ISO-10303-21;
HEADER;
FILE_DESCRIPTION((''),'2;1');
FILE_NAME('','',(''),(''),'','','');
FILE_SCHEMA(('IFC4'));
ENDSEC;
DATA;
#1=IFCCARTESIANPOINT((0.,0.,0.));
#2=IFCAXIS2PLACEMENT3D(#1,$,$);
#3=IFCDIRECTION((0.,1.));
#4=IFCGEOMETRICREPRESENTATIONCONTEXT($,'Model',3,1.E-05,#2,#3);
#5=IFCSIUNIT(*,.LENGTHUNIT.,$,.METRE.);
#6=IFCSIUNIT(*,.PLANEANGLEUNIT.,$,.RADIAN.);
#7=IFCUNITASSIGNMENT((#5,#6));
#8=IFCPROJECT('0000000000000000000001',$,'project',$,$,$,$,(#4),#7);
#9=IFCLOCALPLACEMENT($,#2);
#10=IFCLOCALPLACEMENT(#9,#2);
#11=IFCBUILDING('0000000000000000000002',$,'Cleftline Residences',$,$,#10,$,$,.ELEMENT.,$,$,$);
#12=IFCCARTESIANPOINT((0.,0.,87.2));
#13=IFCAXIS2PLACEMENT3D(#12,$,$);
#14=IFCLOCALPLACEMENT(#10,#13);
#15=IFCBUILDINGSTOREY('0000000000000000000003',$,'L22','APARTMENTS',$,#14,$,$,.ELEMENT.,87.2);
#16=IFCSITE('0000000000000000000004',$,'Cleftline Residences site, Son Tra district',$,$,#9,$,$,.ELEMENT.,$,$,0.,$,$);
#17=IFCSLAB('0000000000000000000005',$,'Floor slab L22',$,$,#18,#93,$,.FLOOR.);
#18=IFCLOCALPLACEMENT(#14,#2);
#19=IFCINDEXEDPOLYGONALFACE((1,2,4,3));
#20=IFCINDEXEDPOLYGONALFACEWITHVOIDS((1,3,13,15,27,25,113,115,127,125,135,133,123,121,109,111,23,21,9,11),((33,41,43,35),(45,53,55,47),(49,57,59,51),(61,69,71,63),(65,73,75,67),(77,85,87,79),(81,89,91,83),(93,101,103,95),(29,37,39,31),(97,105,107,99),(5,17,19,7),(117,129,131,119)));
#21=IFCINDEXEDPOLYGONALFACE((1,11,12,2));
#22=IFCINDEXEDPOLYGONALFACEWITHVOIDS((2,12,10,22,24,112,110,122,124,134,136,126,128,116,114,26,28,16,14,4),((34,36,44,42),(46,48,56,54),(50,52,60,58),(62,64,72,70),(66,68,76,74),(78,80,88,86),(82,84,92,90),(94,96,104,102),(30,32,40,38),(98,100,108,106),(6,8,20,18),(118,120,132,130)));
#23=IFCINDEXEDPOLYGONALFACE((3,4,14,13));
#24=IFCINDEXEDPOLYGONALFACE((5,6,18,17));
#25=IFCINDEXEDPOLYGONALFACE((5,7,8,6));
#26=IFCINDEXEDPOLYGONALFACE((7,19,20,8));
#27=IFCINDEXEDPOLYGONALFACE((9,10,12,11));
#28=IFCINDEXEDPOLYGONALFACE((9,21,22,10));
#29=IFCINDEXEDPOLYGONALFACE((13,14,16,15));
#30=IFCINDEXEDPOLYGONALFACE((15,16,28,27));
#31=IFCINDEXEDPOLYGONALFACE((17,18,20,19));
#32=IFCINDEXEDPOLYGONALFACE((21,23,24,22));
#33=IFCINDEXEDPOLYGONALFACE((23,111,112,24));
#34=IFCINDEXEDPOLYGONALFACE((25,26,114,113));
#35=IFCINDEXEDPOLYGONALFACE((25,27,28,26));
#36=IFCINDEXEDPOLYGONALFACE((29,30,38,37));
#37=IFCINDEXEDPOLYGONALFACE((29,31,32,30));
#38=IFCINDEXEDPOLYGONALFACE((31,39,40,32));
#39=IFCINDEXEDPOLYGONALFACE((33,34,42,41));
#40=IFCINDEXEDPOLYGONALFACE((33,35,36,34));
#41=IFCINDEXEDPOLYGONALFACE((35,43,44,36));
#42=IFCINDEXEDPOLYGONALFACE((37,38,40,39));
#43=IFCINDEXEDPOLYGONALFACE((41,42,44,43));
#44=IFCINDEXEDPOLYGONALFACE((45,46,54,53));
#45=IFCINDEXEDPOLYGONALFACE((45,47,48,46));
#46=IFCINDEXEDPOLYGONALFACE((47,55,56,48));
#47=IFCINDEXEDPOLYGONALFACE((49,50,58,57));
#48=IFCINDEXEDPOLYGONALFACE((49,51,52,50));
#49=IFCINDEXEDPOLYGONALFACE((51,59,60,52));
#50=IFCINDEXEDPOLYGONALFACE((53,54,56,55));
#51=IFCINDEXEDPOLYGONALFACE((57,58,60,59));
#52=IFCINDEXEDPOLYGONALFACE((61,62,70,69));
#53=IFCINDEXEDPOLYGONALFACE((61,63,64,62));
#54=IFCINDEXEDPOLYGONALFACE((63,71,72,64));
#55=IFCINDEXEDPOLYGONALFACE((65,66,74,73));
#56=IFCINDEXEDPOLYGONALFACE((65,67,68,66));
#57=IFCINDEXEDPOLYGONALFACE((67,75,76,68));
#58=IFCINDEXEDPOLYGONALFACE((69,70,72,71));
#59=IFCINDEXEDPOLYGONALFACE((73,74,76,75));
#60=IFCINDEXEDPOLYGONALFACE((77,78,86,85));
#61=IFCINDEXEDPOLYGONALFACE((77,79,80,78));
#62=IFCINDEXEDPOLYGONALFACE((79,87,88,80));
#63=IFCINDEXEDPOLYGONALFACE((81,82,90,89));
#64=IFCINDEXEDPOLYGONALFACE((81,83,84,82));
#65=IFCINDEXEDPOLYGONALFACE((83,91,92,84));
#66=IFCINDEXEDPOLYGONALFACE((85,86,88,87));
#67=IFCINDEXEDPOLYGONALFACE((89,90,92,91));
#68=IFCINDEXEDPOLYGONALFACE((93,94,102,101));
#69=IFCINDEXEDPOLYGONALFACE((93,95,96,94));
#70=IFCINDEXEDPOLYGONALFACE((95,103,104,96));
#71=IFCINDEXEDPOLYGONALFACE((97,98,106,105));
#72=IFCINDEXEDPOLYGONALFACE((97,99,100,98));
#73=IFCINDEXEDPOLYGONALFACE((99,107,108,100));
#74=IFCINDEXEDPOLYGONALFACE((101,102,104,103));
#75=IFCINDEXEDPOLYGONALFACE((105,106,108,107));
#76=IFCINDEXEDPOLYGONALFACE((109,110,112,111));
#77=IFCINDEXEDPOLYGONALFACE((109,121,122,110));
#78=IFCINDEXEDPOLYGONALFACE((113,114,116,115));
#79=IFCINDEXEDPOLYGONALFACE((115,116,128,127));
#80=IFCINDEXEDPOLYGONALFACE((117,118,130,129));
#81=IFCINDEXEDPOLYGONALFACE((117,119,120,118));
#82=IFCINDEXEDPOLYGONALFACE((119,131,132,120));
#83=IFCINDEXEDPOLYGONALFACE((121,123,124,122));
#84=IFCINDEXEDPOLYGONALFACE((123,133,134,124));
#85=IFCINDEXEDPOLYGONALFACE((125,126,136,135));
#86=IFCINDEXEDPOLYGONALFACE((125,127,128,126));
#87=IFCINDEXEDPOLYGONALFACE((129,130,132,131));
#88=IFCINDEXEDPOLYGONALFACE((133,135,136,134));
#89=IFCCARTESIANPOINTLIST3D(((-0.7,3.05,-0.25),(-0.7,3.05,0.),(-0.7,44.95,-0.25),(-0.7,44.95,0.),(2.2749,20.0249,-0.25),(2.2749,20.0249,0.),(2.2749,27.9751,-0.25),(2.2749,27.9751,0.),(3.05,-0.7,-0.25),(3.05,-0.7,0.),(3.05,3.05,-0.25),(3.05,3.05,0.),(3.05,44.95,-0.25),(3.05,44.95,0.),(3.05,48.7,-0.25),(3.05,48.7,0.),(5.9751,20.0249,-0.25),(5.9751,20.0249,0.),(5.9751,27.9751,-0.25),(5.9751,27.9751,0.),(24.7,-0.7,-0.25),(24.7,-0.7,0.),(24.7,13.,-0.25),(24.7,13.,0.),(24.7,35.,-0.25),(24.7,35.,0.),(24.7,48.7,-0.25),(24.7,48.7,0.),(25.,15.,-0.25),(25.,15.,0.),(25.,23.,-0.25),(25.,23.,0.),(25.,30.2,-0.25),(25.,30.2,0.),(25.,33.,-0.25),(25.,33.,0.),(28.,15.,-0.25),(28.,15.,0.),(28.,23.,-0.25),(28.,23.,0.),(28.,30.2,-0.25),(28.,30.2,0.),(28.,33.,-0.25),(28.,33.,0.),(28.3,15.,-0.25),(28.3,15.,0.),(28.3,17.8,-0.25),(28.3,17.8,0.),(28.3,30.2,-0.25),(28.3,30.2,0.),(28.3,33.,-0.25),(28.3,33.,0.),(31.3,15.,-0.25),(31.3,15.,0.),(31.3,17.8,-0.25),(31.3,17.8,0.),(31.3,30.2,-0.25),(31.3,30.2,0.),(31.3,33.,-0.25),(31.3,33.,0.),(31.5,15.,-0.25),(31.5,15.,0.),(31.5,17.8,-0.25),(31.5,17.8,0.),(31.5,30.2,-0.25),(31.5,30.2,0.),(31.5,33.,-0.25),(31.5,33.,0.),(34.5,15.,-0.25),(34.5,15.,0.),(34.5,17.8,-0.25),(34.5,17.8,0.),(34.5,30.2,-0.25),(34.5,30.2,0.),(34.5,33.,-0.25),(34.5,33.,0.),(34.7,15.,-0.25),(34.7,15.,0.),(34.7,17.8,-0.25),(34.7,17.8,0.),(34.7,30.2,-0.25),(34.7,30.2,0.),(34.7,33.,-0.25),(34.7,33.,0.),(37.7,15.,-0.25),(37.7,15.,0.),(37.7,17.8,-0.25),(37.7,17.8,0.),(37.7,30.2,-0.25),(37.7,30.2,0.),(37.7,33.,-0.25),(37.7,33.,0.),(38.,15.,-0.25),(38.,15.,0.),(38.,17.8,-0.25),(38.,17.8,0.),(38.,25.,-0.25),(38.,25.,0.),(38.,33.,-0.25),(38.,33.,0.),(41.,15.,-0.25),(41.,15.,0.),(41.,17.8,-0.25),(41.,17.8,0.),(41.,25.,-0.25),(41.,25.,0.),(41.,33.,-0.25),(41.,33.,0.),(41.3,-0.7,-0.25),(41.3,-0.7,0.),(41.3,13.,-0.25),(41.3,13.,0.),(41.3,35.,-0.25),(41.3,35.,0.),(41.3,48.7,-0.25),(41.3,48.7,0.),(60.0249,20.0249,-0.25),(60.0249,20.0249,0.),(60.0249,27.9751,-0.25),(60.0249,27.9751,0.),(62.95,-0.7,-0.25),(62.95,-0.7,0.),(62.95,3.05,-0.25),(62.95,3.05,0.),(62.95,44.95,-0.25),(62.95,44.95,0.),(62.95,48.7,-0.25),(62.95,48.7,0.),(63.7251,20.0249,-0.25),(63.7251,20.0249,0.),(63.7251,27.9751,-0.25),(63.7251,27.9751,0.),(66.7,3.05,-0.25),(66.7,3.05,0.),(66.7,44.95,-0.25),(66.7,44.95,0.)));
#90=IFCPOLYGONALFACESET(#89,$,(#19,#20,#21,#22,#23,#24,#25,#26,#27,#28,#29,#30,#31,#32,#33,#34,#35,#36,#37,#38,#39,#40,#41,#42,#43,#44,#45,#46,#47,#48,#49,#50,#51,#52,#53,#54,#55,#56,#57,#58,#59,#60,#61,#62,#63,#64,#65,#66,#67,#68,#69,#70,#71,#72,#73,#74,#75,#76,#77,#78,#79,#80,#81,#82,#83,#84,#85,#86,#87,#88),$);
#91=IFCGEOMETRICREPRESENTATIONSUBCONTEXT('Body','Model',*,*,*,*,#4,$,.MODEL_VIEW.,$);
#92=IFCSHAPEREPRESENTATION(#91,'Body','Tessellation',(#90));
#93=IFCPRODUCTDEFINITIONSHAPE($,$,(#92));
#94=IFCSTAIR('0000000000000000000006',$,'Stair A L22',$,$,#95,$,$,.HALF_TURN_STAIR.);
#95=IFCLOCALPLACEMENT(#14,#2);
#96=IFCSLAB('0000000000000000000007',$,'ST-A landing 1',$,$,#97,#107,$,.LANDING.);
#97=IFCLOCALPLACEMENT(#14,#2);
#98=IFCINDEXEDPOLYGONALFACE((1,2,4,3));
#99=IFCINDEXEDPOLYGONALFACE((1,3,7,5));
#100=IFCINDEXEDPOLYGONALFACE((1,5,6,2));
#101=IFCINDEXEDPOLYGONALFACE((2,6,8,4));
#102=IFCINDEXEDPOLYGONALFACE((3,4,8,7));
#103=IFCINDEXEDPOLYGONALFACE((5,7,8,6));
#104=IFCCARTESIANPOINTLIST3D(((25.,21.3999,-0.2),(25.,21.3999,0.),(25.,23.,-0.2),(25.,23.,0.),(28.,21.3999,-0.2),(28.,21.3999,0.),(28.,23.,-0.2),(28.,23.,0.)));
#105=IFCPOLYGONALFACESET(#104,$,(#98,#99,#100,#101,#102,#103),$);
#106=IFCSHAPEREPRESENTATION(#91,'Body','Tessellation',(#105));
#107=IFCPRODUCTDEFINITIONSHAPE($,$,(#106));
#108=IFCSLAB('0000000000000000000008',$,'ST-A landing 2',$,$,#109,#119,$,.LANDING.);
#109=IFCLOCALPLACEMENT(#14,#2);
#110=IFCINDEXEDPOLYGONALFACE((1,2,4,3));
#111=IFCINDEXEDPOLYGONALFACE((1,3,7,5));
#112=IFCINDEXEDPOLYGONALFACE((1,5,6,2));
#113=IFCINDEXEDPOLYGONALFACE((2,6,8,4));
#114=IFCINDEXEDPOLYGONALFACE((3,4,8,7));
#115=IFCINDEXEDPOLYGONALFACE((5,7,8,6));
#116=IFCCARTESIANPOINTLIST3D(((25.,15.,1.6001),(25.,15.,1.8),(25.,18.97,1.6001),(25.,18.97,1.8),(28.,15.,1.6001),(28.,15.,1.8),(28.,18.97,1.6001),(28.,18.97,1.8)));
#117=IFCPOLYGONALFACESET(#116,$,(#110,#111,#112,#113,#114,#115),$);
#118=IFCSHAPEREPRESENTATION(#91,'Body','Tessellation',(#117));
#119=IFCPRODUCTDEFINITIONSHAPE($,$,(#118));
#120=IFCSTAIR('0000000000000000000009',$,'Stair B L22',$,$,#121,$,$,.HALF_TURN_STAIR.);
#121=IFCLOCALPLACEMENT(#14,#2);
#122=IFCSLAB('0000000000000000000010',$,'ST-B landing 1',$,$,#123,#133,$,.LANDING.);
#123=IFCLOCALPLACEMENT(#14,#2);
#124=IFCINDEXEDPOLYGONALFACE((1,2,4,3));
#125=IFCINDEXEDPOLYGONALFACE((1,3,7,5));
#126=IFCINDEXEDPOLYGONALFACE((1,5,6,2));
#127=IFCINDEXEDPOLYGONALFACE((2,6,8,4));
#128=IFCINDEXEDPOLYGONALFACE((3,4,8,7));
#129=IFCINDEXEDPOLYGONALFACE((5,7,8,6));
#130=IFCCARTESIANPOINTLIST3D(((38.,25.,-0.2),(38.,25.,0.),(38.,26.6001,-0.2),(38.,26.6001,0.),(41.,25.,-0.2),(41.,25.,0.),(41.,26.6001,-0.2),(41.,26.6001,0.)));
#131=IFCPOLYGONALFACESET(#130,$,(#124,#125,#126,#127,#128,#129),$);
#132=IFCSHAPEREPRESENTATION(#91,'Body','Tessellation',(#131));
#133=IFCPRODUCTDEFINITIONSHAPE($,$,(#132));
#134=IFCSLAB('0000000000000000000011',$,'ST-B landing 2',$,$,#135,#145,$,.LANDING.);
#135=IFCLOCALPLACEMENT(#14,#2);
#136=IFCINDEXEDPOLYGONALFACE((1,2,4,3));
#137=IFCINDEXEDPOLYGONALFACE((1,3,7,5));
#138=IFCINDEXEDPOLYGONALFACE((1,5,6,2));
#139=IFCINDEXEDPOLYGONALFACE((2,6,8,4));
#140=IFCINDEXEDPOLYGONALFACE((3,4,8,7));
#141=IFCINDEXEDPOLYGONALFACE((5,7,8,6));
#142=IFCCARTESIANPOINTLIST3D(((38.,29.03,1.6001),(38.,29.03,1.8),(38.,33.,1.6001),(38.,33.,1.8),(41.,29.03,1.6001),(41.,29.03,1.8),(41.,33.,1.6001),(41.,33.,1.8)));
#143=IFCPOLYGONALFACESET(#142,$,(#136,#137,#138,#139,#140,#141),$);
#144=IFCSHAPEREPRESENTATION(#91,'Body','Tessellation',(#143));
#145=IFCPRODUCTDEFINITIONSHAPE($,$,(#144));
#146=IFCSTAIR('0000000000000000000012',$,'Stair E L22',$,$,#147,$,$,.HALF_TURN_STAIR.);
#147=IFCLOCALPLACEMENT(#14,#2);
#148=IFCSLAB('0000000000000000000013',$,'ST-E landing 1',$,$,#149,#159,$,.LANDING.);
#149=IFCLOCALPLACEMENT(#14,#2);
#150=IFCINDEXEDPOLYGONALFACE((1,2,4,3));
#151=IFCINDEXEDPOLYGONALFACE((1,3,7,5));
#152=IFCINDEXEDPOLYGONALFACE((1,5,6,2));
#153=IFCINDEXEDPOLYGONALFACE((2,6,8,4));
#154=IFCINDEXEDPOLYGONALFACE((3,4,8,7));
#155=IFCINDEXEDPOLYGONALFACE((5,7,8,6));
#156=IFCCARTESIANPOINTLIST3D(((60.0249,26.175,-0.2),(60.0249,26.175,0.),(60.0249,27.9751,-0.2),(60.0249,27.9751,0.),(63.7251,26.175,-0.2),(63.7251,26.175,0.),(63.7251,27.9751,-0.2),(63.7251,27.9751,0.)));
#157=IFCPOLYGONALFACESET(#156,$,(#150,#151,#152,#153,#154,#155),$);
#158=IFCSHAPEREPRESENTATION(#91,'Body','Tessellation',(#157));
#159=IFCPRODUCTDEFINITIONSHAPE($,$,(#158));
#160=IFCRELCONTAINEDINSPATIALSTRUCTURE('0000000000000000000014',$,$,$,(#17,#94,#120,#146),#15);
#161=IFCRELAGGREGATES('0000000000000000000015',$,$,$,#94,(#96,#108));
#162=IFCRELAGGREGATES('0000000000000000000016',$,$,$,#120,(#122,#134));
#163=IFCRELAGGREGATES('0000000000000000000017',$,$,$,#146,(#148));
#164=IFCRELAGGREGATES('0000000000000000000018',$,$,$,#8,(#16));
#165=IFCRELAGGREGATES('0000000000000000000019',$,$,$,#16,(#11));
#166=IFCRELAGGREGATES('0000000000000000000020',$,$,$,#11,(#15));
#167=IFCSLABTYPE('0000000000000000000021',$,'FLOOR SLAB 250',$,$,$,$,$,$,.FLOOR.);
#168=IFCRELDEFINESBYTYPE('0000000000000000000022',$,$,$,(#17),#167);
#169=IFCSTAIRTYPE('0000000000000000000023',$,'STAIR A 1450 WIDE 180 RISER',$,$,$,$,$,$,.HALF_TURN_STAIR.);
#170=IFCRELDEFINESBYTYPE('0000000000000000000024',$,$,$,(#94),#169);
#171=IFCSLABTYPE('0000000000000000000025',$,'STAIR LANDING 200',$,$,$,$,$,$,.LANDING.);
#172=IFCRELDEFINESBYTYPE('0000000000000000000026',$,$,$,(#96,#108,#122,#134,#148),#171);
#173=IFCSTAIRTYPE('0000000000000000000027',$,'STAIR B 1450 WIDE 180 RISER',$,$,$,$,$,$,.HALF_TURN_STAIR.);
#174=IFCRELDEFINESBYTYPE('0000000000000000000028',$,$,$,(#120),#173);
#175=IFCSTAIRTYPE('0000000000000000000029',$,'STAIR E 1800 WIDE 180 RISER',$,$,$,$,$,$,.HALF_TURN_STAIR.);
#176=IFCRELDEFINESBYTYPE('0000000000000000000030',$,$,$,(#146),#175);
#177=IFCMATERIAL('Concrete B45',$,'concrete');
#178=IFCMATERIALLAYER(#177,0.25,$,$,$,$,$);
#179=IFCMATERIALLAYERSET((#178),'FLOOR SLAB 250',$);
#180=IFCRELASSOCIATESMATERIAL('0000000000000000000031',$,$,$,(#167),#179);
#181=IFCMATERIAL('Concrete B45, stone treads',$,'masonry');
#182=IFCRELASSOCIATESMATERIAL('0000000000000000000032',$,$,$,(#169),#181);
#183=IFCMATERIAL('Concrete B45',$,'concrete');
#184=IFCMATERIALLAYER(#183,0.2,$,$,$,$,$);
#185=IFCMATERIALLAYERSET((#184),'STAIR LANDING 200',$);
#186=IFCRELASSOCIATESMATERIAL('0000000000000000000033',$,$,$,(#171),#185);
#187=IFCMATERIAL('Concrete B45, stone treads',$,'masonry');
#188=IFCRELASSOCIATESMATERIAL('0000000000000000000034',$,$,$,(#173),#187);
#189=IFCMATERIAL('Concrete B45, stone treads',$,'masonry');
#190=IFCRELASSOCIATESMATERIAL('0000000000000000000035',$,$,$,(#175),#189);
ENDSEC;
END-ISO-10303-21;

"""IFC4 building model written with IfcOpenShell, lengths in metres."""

from ifc_helpers import new_model, si_unit, direction, frame, origin, place, context, subcontext, project, spatial, polyline, outline, extrude, material, layer, layer_set, type_object, element, aggregate, save


model = new_model("IFC4")

# Units and contexts
model_context = context("Model", 3, precision=1e-05, world=origin(), true_north=direction((0.0, 1.0)))
body_context = subcontext(model_context, "Body", "Model", "MODEL_VIEW")
ifc_project = project(units=[si_unit("LENGTHUNIT", "METRE"), si_unit("PLANEANGLEUNIT", "RADIAN")], contexts=[model_context])

# Site, building, storey
site_placement = place(None, origin())
site = spatial("IfcSite", under=ifc_project, at=site_placement, Name="Cleftline Residences site, Son Tra district", CompositionType="ELEMENT", RefElevation=0.0)
building_placement = place(site_placement, origin())
building = spatial("IfcBuilding", under=site, at=building_placement, Name="Cleftline Residences", CompositionType="ELEMENT")
storey_placement = place(building_placement, frame((0.0, 0.0, 87.2)))
storey = spatial("IfcBuildingStorey", under=building, at=storey_placement, Name="L22", Description="APARTMENTS", CompositionType="ELEMENT", Elevation=87.2)

# Slab
ifc_material_1 = material(Name="Concrete B45", Category="concrete")
ifc_layer_1 = layer(ifc_material_1, 0.25)
ifc_layer_set_1 = layer_set([ifc_layer_1], Name="FLOOR SLAB 250")
slab_type_1 = type_object("IfcSlabType", Name="FLOOR SLAB 250", PredefinedType="FLOOR", material=ifc_layer_set_1)
slab_1_placement = place(storey_placement, frame((0.0, 0.0, -0.25)))
element("IfcSlab", 1, at=slab_1_placement, inside=storey, type_object=slab_type_1, Name="Floor slab L22", PredefinedType="FLOOR", context=body_context, shape_type="SweptSolid", body=[
    extrude(outline(polyline([(24.7, 13.0), (41.3, 13.0), (41.3, -0.7), (62.95, -0.7), (62.95, 3.05), (66.7, 3.05), (66.7, 44.95), (62.95, 44.95), (62.95, 48.7), (41.3, 48.7), (41.3, 35.0), (24.7, 35.0), (24.7, 48.7), (3.05, 48.7), (3.05, 44.95), (-0.7, 44.95), (-0.7, 3.05), (3.05, 3.05), (3.05, -0.7), (24.7, -0.7), (24.7, 13.0)]), holes=[polyline([(28.0, 15.0), (28.0, 23.0), (25.0, 23.0), (25.0, 15.0), (28.0, 15.0)]), polyline([(41.0, 25.0), (41.0, 33.0), (38.0, 33.0), (38.0, 25.0), (41.0, 25.0)]), polyline([(28.0, 30.2), (28.0, 33.0), (25.0, 33.0), (25.0, 30.2), (28.0, 30.2)]), polyline([(41.0, 15.0), (41.0, 17.8), (38.0, 17.8), (38.0, 15.0), (41.0, 15.0)]), polyline([(31.3, 15.0), (31.3, 17.8), (28.3, 17.8), (28.3, 15.0), (31.3, 15.0)]), polyline([(34.5, 15.0), (34.5, 17.8), (31.5, 17.8), (31.5, 15.0), (34.5, 15.0)]), polyline([(37.7, 15.0), (37.7, 17.8), (34.7, 17.8), (34.7, 15.0), (37.7, 15.0)]), polyline([(31.3, 30.2), (31.3, 33.0), (28.3, 33.0), (28.3, 30.2), (31.3, 30.2)]), polyline([(34.5, 30.2), (34.5, 33.0), (31.5, 33.0), (31.5, 30.2), (34.5, 30.2)]), polyline([(37.7, 30.2), (37.7, 33.0), (34.7, 33.0), (34.7, 30.2), (37.7, 30.2)]), polyline([(63.7251, 20.0249), (63.7251, 27.9751), (60.0249, 27.9751), (60.0249, 20.0249), (63.7251, 20.0249)]), polyline([(5.9751, 20.0249), (5.9751, 27.9751), (2.2749, 27.9751), (2.2749, 20.0249), (5.9751, 20.0249)])]), origin(), (0.0, 0.0, 1.0), 0.25),
])

# Stairs, slabs
ifc_material_2 = material(Name="Concrete B45, stone treads", Category="masonry")
stair_type_1 = type_object("IfcStairType", Name="STAIR A 1450 WIDE 180 RISER", PredefinedType="HALF_TURN_STAIR", material=ifc_material_2)
stair_1_placement = place(storey_placement, origin())
stair_1 = element("IfcStair", 2, at=stair_1_placement, inside=storey, type_object=stair_type_1, Name="Stair A L22", PredefinedType="HALF_TURN_STAIR")
ifc_material_3 = material(Name="Concrete B45", Category="concrete")
ifc_layer_2 = layer(ifc_material_3, 0.2)
ifc_layer_set_2 = layer_set([ifc_layer_2], Name="STAIR LANDING 200")
slab_type_2 = type_object("IfcSlabType", Name="STAIR LANDING 200", PredefinedType="LANDING", material=ifc_layer_set_2)
slab_2_placement = place(storey_placement, frame((0.0, 0.0, -0.2)))
slab_2 = element("IfcSlab", 3, at=slab_2_placement, type_object=slab_type_2, Name="ST-A landing 1", PredefinedType="LANDING", context=body_context, shape_type="SweptSolid", body=[
    extrude(outline(polyline([(25.0, 21.3999), (28.0, 21.3999), (28.0, 23.0), (25.0, 23.0), (25.0, 21.3999)])), origin(), (0.0, 0.0, 1.0), 0.2),
])
slab_3_placement = place(storey_placement, frame((0.0, 0.0, 1.6001)))
slab_3 = element("IfcSlab", 4, at=slab_3_placement, type_object=slab_type_2, Name="ST-A landing 2", PredefinedType="LANDING", context=body_context, shape_type="SweptSolid", body=[
    extrude(outline(polyline([(25.0, 15.0), (28.0, 15.0), (28.0, 18.97), (25.0, 18.97), (25.0, 15.0)])), origin(), (0.0, 0.0, 1.0), 0.2),
])
aggregate(stair_1, [slab_2, slab_3])
ifc_material_4 = material(Name="Concrete B45, stone treads", Category="masonry")
stair_type_2 = type_object("IfcStairType", Name="STAIR B 1450 WIDE 180 RISER", PredefinedType="HALF_TURN_STAIR", material=ifc_material_4)
stair_2_placement = place(storey_placement, origin())
stair_2 = element("IfcStair", 5, at=stair_2_placement, inside=storey, type_object=stair_type_2, Name="Stair B L22", PredefinedType="HALF_TURN_STAIR")
slab_4_placement = place(storey_placement, frame((0.0, 0.0, -0.2)))
slab_4 = element("IfcSlab", 6, at=slab_4_placement, type_object=slab_type_2, Name="ST-B landing 1", PredefinedType="LANDING", context=body_context, shape_type="SweptSolid", body=[
    extrude(outline(polyline([(38.0, 25.0), (41.0, 25.0), (41.0, 26.6001), (38.0, 26.6001), (38.0, 25.0)])), origin(), (0.0, 0.0, 1.0), 0.2),
])
slab_5_placement = place(storey_placement, frame((0.0, 0.0, 1.6001)))
slab_5 = element("IfcSlab", 7, at=slab_5_placement, type_object=slab_type_2, Name="ST-B landing 2", PredefinedType="LANDING", context=body_context, shape_type="SweptSolid", body=[
    extrude(outline(polyline([(38.0, 29.03), (41.0, 29.03), (41.0, 33.0), (38.0, 33.0), (38.0, 29.03)])), origin(), (0.0, 0.0, 1.0), 0.2),
])
aggregate(stair_2, [slab_4, slab_5])

# Stair, slab
ifc_material_5 = material(Name="Concrete B45, stone treads", Category="masonry")
stair_type_3 = type_object("IfcStairType", Name="STAIR E 1800 WIDE 180 RISER", PredefinedType="HALF_TURN_STAIR", material=ifc_material_5)
stair_3_placement = place(storey_placement, origin())
stair_3 = element("IfcStair", 8, at=stair_3_placement, inside=storey, type_object=stair_type_3, Name="Stair E L22", PredefinedType="HALF_TURN_STAIR")
slab_6_placement = place(storey_placement, frame((0.0, 0.0, -0.2)))
slab_6 = element("IfcSlab", 9, at=slab_6_placement, type_object=slab_type_2, Name="ST-E landing 1", PredefinedType="LANDING", context=body_context, shape_type="SweptSolid", body=[
    extrude(outline(polyline([(60.0249, 26.175), (63.7251, 26.175), (63.7251, 27.9751), (60.0249, 27.9751), (60.0249, 26.175)])), origin(), (0.0, 0.0, 1.0), 0.2),
])
aggregate(stair_3, [slab_6])

save(model, "model.ifc")
